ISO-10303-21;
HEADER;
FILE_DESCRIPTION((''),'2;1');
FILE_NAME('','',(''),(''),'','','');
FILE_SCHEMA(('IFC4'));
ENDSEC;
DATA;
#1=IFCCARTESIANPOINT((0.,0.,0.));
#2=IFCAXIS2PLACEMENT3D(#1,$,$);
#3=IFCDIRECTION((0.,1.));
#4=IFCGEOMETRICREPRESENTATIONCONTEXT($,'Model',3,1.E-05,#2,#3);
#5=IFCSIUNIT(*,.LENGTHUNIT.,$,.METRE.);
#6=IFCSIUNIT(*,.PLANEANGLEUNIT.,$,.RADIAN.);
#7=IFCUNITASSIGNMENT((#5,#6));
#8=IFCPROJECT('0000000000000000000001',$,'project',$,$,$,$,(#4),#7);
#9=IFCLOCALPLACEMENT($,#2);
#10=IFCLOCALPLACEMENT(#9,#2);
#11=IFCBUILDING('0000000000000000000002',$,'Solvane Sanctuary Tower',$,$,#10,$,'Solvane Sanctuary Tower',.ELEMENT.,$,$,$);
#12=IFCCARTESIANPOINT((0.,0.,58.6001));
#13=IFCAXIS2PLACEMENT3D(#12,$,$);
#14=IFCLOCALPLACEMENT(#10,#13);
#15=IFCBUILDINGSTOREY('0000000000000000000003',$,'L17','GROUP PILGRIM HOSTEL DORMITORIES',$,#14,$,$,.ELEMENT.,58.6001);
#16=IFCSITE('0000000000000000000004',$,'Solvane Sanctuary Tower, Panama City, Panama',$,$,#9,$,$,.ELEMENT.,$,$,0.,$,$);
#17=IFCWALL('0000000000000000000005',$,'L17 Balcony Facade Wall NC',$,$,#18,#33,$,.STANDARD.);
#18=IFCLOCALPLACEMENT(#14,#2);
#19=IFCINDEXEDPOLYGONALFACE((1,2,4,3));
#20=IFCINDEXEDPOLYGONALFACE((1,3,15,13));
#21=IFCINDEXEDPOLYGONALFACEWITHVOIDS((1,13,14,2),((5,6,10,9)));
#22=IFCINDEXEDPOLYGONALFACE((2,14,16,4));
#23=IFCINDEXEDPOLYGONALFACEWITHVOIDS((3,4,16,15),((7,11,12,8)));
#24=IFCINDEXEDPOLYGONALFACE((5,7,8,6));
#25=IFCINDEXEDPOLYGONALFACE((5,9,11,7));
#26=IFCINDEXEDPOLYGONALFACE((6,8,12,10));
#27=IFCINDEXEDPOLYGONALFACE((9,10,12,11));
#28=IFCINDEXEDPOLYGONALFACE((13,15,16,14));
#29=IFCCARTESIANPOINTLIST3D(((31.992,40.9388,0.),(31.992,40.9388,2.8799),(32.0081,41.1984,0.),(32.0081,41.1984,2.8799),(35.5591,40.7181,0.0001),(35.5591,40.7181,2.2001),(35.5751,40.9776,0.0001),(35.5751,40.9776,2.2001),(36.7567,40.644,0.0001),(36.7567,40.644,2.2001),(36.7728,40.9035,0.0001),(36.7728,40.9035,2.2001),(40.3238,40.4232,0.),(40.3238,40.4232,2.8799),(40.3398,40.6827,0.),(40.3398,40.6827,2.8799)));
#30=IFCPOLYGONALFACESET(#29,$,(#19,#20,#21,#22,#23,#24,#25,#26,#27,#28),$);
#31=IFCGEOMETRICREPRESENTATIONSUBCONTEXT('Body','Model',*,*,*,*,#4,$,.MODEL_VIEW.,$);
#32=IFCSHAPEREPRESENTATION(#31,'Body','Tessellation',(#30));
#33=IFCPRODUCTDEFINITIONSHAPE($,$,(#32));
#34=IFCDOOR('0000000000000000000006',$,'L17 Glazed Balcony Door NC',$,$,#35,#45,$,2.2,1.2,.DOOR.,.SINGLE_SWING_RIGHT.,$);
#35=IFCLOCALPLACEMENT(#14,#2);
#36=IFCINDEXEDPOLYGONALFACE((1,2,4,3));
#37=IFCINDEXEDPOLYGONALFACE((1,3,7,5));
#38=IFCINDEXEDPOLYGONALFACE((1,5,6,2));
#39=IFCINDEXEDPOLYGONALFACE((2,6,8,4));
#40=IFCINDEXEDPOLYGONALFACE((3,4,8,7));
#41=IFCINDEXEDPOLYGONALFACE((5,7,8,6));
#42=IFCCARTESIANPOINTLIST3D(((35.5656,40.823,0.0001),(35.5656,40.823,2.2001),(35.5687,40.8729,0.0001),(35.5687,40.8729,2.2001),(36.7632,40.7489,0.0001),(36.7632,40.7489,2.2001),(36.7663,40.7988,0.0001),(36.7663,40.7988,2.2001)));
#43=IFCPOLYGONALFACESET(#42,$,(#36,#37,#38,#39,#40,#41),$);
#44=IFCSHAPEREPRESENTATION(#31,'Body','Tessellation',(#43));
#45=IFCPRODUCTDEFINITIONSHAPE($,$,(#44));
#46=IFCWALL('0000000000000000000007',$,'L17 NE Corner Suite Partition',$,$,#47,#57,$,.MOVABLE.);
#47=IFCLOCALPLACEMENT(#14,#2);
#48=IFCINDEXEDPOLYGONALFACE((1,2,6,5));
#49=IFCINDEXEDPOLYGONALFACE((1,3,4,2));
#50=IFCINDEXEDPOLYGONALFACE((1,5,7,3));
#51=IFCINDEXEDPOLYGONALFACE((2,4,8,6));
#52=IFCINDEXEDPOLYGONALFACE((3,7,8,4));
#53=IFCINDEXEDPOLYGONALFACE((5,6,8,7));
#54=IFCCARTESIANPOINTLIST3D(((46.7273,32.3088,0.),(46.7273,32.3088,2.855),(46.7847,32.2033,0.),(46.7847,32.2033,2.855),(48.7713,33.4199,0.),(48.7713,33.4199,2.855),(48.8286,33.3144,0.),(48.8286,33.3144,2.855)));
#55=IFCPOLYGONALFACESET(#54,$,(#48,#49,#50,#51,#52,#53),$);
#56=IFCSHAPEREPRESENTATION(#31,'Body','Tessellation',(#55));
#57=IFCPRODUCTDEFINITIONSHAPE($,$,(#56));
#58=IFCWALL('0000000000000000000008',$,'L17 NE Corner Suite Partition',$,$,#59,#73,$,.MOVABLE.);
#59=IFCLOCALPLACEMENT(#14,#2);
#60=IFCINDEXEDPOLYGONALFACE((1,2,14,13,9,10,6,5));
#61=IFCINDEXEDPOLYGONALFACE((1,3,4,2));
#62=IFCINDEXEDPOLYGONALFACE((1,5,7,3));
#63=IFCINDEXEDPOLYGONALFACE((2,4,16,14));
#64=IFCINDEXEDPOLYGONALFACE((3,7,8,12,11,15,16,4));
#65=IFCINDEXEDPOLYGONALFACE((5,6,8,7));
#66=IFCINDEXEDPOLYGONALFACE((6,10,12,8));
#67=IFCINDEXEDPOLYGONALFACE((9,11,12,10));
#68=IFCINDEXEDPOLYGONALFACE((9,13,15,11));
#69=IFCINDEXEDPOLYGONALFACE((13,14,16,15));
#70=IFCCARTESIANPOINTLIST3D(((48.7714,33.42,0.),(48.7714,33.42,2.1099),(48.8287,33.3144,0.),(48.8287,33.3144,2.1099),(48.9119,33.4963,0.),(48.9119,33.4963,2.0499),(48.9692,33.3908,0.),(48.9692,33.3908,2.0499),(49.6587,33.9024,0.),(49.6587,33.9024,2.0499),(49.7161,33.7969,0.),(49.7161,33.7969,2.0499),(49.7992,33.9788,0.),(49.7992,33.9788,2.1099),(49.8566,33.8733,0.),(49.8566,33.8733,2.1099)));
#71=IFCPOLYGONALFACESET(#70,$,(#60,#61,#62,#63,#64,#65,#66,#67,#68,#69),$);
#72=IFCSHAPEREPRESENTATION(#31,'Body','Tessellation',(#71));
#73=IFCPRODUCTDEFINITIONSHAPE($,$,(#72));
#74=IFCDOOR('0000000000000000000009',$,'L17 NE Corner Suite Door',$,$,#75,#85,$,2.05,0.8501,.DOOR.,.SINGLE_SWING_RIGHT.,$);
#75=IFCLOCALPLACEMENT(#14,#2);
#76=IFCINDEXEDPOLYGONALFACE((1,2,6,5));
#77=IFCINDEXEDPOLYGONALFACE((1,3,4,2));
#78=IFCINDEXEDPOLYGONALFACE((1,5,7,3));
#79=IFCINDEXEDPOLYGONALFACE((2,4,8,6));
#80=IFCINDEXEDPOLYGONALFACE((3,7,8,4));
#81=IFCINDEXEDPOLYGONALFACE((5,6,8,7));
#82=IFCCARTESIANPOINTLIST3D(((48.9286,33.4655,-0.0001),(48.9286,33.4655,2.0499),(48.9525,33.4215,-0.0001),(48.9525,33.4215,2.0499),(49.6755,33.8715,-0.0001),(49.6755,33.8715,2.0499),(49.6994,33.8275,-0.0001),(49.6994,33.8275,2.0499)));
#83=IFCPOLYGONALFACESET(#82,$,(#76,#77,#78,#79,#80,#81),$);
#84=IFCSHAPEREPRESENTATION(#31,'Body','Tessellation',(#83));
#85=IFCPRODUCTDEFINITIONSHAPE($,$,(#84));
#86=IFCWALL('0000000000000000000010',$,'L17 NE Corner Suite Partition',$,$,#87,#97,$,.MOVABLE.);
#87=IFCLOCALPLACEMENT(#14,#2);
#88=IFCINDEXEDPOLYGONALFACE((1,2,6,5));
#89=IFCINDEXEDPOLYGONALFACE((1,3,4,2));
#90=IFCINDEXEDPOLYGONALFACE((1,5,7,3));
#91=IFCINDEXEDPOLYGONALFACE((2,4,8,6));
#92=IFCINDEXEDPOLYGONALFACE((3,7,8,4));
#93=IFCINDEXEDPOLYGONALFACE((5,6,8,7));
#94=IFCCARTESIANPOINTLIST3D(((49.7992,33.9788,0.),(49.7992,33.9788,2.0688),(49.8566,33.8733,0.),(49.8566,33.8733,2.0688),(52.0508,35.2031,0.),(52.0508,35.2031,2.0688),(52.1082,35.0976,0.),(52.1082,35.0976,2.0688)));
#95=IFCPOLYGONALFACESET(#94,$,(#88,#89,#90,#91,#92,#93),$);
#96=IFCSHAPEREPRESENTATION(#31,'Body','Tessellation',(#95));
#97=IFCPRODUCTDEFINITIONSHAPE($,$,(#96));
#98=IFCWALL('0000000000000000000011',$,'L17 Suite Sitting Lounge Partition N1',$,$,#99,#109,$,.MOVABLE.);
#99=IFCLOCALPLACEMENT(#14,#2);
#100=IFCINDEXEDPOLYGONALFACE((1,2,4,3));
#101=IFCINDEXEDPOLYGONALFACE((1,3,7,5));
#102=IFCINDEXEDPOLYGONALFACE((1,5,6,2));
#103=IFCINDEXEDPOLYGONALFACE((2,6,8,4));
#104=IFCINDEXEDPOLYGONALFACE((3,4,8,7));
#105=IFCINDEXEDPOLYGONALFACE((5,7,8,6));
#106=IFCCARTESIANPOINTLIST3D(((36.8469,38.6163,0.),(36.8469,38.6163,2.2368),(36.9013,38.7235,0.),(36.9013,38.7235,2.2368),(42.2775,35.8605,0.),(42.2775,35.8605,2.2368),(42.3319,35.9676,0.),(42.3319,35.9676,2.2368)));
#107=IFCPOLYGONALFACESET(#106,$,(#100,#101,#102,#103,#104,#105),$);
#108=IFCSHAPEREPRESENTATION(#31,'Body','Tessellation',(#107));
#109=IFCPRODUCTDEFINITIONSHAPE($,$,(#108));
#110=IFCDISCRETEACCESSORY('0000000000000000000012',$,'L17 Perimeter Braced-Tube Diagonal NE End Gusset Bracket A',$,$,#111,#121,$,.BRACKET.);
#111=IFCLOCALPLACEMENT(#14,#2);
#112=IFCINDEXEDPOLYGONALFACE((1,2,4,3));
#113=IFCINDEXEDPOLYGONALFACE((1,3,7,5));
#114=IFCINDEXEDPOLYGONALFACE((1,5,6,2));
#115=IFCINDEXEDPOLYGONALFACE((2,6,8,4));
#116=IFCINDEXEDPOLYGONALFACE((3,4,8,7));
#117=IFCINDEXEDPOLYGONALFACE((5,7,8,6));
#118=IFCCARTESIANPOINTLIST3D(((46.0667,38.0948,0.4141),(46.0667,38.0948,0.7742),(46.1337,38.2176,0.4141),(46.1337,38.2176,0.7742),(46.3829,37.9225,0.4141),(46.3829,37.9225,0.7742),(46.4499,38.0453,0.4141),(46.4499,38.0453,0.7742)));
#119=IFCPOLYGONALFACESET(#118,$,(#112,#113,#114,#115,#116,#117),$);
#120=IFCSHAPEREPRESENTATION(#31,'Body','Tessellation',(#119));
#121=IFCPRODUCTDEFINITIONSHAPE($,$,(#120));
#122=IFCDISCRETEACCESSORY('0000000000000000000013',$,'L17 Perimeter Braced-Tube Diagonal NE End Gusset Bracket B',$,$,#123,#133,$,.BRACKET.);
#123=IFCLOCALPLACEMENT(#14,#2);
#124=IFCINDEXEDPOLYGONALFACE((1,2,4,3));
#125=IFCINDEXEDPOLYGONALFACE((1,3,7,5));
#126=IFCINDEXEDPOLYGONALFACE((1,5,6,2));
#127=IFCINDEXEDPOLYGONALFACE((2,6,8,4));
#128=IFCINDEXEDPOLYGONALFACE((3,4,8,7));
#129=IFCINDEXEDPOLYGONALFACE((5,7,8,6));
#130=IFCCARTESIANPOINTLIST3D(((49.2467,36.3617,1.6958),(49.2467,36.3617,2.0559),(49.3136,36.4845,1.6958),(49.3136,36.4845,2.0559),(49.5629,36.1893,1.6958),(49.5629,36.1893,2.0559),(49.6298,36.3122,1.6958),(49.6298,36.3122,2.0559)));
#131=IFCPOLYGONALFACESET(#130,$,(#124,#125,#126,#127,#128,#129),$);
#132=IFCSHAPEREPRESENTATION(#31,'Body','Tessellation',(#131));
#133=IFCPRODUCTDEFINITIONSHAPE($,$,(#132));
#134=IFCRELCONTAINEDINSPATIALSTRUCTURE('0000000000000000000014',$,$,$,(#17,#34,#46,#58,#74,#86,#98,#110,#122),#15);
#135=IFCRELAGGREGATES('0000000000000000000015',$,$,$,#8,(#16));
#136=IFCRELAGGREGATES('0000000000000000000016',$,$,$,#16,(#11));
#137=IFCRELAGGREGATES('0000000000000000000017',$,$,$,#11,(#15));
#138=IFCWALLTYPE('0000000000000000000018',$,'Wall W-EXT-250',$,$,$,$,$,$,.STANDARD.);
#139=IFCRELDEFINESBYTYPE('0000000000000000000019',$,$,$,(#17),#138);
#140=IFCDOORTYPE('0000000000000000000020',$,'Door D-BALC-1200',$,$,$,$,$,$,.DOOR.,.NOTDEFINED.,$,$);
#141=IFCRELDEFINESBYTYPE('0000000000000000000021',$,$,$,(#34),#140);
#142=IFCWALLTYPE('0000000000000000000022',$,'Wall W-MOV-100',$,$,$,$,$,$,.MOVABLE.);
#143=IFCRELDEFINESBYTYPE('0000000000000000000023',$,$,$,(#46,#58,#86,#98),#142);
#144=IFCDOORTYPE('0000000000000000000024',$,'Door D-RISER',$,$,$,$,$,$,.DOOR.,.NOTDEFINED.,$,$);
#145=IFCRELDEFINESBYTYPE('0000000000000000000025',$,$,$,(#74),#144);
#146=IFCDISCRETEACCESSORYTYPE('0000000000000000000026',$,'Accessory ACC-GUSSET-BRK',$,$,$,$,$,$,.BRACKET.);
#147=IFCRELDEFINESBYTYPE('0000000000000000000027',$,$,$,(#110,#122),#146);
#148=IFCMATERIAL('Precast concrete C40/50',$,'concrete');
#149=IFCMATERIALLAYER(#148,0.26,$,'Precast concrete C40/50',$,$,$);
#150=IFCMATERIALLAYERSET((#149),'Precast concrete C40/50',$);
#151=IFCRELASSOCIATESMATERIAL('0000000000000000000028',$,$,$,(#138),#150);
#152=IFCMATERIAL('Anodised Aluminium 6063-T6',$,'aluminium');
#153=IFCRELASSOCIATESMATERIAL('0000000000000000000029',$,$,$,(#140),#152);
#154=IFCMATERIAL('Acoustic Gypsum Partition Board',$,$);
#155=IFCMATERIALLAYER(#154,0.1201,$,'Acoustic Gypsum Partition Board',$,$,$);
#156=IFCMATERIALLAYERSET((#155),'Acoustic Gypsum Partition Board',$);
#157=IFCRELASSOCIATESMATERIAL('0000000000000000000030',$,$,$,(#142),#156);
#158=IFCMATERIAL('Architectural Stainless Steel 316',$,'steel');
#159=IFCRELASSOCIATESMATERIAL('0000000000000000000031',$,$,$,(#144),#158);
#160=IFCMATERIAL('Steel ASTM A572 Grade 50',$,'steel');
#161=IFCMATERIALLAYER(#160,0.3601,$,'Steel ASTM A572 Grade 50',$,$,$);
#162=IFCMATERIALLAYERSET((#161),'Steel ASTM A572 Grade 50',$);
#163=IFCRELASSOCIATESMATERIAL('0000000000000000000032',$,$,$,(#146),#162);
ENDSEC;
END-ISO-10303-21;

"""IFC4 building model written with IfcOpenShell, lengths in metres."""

from ifc_helpers import new_model, si_unit, direction, frame, frame_2d, origin, origin_2d, place, context, subcontext, project, spatial, rectangle, extrude, material, layer, layer_set, type_object, element, fill, save


model = new_model("IFC4")

# Units and contexts
model_context = context("Model", 3, precision=1e-05, world=origin(), true_north=direction((0.0, 1.0)))
body_context = subcontext(model_context, "Body", "Model", "MODEL_VIEW")
ifc_project = project(units=[si_unit("LENGTHUNIT", "METRE"), si_unit("PLANEANGLEUNIT", "RADIAN")], contexts=[model_context])

# Site, building, storey
site_placement = place(None, origin())
site = spatial("IfcSite", under=ifc_project, at=site_placement, Name="Solvane Sanctuary Tower, Panama City, Panama", CompositionType="ELEMENT", RefElevation=0.0)
building_placement = place(site_placement, origin())
building = spatial("IfcBuilding", under=site, at=building_placement, Name="Solvane Sanctuary Tower", LongName="Solvane Sanctuary Tower", CompositionType="ELEMENT")
storey_placement = place(building_placement, frame((0.0, 0.0, 58.6001)))
storey = spatial("IfcBuildingStorey", under=building, at=storey_placement, Name="L17", Description="GROUP PILGRIM HOSTEL DORMITORIES", CompositionType="ELEMENT", Elevation=58.6001)

# Shared definitions
ifc_material_1 = material(Name="Acoustic Gypsum Partition Board")

# Shared definitions
ifc_material_2 = material(Name="Precast concrete C40/50", Category="concrete")
ifc_layer_1 = layer(ifc_material_2, 0.26, Name="Precast concrete C40/50")
ifc_layer_set_1 = layer_set([ifc_layer_1], Name="Precast concrete C40/50")
wall_type_1 = type_object("IfcWallType", Name="Wall W-EXT-250", PredefinedType="STANDARD", material=ifc_layer_set_1)

# Wall, opening, door
wall_1_placement = place(storey_placement, frame((40.3318, 40.553, 0.0), z_axis=(0.0, 0.0, 1.0), x_axis=(-0.998091, 0.061768, 0.0)))
wall_1 = element("IfcWall", 1, at=wall_1_placement, inside=storey, type_object=wall_type_1, Name="L17 Balcony Facade Wall NC", PredefinedType="STANDARD", context=body_context, shape_type="SweptSolid", body=[
    extrude(rectangle(XDim=8.3477, YDim=0.26, at=frame_2d((4.1738, 0.0))), origin(), (0.0, 0.0, 1.0), 2.8799),
])
opening_1_placement = place(wall_1_placement, frame((3.5737, 0.0, 0.0)))
opening_1 = element("IfcOpeningElement", 2, at=opening_1_placement, cuts=wall_1, PredefinedType="OPENING", context=body_context, shape_type="SweptSolid", body=[
    extrude(rectangle(XDim=1.2, YDim=2.2, at=frame_2d((0.6001, 1.1001))), frame((0.0, 0.1399, 0.0), z_axis=(0.0, -1.0, 0.0), x_axis=(1.0, 0.0, 0.0)), (0.0, 0.0, 1.0), 0.28),
])
ifc_material_3 = material(Name="Anodised Aluminium 6063-T6", Category="aluminium")
door_type_1 = type_object("IfcDoorType", Name="Door D-BALC-1200", OperationType="NOTDEFINED", PredefinedType="DOOR", material=ifc_material_3)
door_1_placement = place(opening_1_placement, origin())
door_1 = element("IfcDoor", 3, at=door_1_placement, inside=storey, type_object=door_type_1, Name="L17 Glazed Balcony Door NC", OperationType="SINGLE_SWING_RIGHT", OverallHeight=2.2, OverallWidth=1.2, PredefinedType="DOOR", context=body_context, shape_type="SweptSolid", body=[
    extrude(rectangle(XDim=1.2, YDim=2.2, at=frame_2d((0.6001, 1.1001))), frame((0.0, 0.0249, 0.0), z_axis=(0.0, -1.0, 0.0), x_axis=(1.0, 0.0, 0.0)), (0.0, 0.0, 1.0), 0.05),
])
fill(opening_1, door_1)

# Wall
ifc_layer_2 = layer(ifc_material_1, 0.1201, Name="Acoustic Gypsum Partition Board")
ifc_layer_set_2 = layer_set([ifc_layer_2], Name="Acoustic Gypsum Partition Board")
wall_type_2 = type_object("IfcWallType", Name="Wall W-MOV-100", PredefinedType="MOVABLE", material=ifc_layer_set_2)
wall_2_placement = place(storey_placement, frame((46.7561, 32.2561, 0.0), z_axis=(0.0, 0.0, 1.0), x_axis=(0.87858, 0.477594, 0.0)))
element("IfcWall", 4, at=wall_2_placement, inside=storey, type_object=wall_type_2, Name="L17 NE Corner Suite Partition", PredefinedType="MOVABLE", context=body_context, shape_type="SweptSolid", body=[
    extrude(rectangle(XDim=2.3264, YDim=0.1201, at=frame_2d((1.1631, 0.0))), origin(), (0.0, 0.0, 1.0), 2.855),
])

# Wall, opening, door
wall_3_placement = place(storey_placement, frame((48.8, 33.3672, 0.0), z_axis=(0.0, 0.0, 1.0), x_axis=(0.878541, 0.477667, 0.0)))
wall_3 = element("IfcWall", 5, at=wall_3_placement, inside=storey, type_object=wall_type_2, Name="L17 NE Corner Suite Partition", PredefinedType="MOVABLE", context=body_context, shape_type="SweptSolid", body=[
    extrude(rectangle(XDim=1.1699, YDim=0.1201, at=frame_2d((0.585, 0.0))), origin(), (0.0, 0.0, 1.0), 2.1099),
])
opening_2_placement = place(wall_3_placement, frame((0.1599, 0.0, 0.0)))
opening_2 = element("IfcOpeningElement", 6, at=opening_2_placement, cuts=wall_3, PredefinedType="OPENING", context=body_context, shape_type="SweptSolid", body=[
    extrude(rectangle(XDim=0.8501, YDim=2.05, at=frame_2d((0.425, 1.0249))), frame((0.0, 0.0701, 0.0), z_axis=(0.0, -1.0, 0.0), x_axis=(1.0, 0.0, 0.0)), (0.0, 0.0, 1.0), 0.1401),
])
ifc_material_4 = material(Name="Architectural Stainless Steel 316", Category="steel")
door_type_2 = type_object("IfcDoorType", Name="Door D-RISER", OperationType="NOTDEFINED", PredefinedType="DOOR", material=ifc_material_4)
door_2_placement = place(opening_2_placement, origin())
door_2 = element("IfcDoor", 7, at=door_2_placement, inside=storey, type_object=door_type_2, Name="L17 NE Corner Suite Door", OperationType="SINGLE_SWING_RIGHT", OverallHeight=2.05, OverallWidth=0.8501, PredefinedType="DOOR", context=body_context, shape_type="SweptSolid", body=[
    extrude(rectangle(XDim=0.8501, YDim=2.05, at=frame_2d((0.425, 1.0249))), frame((0.0, 0.0249, 0.0), z_axis=(0.0, -1.0, 0.0), x_axis=(1.0, 0.0, 0.0)), (0.0, 0.0, 1.0), 0.05),
])
fill(opening_2, door_2)

# Walls
wall_4_placement = place(storey_placement, frame((49.8279, 33.926, 0.0), z_axis=(0.0, 0.0, 1.0), x_axis=(0.878525, 0.477697, 0.0)))
element("IfcWall", 8, at=wall_4_placement, inside=storey, type_object=wall_type_2, Name="L17 NE Corner Suite Partition", PredefinedType="MOVABLE", context=body_context, shape_type="SweptSolid", body=[
    extrude(rectangle(XDim=2.563, YDim=0.1201, at=frame_2d((1.2815, 0.0))), origin(), (0.0, 0.0, 1.0), 2.0688),
])
wall_5_placement = place(storey_placement, frame((42.3047, 35.9141, 0.0), z_axis=(0.0, 0.0, 1.0), x_axis=(-0.891749, 0.45253, 0.0)))
element("IfcWall", 9, at=wall_5_placement, inside=storey, type_object=wall_type_2, Name="L17 Suite Sitting Lounge Partition N1", PredefinedType="MOVABLE", context=body_context, shape_type="SweptSolid", body=[
    extrude(rectangle(XDim=6.0898, YDim=0.1201, at=frame_2d((3.0449, 0.0))), origin(), (0.0, 0.0, 1.0), 2.2368),
])

# Discrete accessories
ifc_material_5 = material(Name="Steel ASTM A572 Grade 50", Category="steel")
ifc_layer_3 = layer(ifc_material_5, 0.3601, Name="Steel ASTM A572 Grade 50")
ifc_layer_set_3 = layer_set([ifc_layer_3], Name="Steel ASTM A572 Grade 50")
discrete_accessory_type = type_object("IfcDiscreteAccessoryType", Name="Accessory ACC-GUSSET-BRK", PredefinedType="BRACKET", material=ifc_layer_set_3)
for number, where, z_axis, x_axis, name in (
    (10, (46.2583, 38.0701, 0.4141), (0.0, 0.0, 1.0), (0.878067, -0.478539, 0.0), "L17 Perimeter Braced-Tube Diagonal NE End Gusset Bracket A"),
    (11, (49.4382, 36.3369, 1.6958), (0.0, 0.0, 1.0), (0.878067, -0.478539, 0.0), "L17 Perimeter Braced-Tube Diagonal NE End Gusset Bracket B"),
):
    element("IfcDiscreteAccessory", number, at=place(storey_placement, frame(where, z_axis=z_axis, x_axis=x_axis)), inside=storey, type_object=discrete_accessory_type, Name=name, PredefinedType="BRACKET", context=body_context, shape_type="SweptSolid", body=[
        extrude(rectangle(XDim=0.3601, YDim=0.1399, at=origin_2d()), origin(), (0.0, 0.0, 1.0), 0.3601),
    ])

save(model, "model.ifc")
